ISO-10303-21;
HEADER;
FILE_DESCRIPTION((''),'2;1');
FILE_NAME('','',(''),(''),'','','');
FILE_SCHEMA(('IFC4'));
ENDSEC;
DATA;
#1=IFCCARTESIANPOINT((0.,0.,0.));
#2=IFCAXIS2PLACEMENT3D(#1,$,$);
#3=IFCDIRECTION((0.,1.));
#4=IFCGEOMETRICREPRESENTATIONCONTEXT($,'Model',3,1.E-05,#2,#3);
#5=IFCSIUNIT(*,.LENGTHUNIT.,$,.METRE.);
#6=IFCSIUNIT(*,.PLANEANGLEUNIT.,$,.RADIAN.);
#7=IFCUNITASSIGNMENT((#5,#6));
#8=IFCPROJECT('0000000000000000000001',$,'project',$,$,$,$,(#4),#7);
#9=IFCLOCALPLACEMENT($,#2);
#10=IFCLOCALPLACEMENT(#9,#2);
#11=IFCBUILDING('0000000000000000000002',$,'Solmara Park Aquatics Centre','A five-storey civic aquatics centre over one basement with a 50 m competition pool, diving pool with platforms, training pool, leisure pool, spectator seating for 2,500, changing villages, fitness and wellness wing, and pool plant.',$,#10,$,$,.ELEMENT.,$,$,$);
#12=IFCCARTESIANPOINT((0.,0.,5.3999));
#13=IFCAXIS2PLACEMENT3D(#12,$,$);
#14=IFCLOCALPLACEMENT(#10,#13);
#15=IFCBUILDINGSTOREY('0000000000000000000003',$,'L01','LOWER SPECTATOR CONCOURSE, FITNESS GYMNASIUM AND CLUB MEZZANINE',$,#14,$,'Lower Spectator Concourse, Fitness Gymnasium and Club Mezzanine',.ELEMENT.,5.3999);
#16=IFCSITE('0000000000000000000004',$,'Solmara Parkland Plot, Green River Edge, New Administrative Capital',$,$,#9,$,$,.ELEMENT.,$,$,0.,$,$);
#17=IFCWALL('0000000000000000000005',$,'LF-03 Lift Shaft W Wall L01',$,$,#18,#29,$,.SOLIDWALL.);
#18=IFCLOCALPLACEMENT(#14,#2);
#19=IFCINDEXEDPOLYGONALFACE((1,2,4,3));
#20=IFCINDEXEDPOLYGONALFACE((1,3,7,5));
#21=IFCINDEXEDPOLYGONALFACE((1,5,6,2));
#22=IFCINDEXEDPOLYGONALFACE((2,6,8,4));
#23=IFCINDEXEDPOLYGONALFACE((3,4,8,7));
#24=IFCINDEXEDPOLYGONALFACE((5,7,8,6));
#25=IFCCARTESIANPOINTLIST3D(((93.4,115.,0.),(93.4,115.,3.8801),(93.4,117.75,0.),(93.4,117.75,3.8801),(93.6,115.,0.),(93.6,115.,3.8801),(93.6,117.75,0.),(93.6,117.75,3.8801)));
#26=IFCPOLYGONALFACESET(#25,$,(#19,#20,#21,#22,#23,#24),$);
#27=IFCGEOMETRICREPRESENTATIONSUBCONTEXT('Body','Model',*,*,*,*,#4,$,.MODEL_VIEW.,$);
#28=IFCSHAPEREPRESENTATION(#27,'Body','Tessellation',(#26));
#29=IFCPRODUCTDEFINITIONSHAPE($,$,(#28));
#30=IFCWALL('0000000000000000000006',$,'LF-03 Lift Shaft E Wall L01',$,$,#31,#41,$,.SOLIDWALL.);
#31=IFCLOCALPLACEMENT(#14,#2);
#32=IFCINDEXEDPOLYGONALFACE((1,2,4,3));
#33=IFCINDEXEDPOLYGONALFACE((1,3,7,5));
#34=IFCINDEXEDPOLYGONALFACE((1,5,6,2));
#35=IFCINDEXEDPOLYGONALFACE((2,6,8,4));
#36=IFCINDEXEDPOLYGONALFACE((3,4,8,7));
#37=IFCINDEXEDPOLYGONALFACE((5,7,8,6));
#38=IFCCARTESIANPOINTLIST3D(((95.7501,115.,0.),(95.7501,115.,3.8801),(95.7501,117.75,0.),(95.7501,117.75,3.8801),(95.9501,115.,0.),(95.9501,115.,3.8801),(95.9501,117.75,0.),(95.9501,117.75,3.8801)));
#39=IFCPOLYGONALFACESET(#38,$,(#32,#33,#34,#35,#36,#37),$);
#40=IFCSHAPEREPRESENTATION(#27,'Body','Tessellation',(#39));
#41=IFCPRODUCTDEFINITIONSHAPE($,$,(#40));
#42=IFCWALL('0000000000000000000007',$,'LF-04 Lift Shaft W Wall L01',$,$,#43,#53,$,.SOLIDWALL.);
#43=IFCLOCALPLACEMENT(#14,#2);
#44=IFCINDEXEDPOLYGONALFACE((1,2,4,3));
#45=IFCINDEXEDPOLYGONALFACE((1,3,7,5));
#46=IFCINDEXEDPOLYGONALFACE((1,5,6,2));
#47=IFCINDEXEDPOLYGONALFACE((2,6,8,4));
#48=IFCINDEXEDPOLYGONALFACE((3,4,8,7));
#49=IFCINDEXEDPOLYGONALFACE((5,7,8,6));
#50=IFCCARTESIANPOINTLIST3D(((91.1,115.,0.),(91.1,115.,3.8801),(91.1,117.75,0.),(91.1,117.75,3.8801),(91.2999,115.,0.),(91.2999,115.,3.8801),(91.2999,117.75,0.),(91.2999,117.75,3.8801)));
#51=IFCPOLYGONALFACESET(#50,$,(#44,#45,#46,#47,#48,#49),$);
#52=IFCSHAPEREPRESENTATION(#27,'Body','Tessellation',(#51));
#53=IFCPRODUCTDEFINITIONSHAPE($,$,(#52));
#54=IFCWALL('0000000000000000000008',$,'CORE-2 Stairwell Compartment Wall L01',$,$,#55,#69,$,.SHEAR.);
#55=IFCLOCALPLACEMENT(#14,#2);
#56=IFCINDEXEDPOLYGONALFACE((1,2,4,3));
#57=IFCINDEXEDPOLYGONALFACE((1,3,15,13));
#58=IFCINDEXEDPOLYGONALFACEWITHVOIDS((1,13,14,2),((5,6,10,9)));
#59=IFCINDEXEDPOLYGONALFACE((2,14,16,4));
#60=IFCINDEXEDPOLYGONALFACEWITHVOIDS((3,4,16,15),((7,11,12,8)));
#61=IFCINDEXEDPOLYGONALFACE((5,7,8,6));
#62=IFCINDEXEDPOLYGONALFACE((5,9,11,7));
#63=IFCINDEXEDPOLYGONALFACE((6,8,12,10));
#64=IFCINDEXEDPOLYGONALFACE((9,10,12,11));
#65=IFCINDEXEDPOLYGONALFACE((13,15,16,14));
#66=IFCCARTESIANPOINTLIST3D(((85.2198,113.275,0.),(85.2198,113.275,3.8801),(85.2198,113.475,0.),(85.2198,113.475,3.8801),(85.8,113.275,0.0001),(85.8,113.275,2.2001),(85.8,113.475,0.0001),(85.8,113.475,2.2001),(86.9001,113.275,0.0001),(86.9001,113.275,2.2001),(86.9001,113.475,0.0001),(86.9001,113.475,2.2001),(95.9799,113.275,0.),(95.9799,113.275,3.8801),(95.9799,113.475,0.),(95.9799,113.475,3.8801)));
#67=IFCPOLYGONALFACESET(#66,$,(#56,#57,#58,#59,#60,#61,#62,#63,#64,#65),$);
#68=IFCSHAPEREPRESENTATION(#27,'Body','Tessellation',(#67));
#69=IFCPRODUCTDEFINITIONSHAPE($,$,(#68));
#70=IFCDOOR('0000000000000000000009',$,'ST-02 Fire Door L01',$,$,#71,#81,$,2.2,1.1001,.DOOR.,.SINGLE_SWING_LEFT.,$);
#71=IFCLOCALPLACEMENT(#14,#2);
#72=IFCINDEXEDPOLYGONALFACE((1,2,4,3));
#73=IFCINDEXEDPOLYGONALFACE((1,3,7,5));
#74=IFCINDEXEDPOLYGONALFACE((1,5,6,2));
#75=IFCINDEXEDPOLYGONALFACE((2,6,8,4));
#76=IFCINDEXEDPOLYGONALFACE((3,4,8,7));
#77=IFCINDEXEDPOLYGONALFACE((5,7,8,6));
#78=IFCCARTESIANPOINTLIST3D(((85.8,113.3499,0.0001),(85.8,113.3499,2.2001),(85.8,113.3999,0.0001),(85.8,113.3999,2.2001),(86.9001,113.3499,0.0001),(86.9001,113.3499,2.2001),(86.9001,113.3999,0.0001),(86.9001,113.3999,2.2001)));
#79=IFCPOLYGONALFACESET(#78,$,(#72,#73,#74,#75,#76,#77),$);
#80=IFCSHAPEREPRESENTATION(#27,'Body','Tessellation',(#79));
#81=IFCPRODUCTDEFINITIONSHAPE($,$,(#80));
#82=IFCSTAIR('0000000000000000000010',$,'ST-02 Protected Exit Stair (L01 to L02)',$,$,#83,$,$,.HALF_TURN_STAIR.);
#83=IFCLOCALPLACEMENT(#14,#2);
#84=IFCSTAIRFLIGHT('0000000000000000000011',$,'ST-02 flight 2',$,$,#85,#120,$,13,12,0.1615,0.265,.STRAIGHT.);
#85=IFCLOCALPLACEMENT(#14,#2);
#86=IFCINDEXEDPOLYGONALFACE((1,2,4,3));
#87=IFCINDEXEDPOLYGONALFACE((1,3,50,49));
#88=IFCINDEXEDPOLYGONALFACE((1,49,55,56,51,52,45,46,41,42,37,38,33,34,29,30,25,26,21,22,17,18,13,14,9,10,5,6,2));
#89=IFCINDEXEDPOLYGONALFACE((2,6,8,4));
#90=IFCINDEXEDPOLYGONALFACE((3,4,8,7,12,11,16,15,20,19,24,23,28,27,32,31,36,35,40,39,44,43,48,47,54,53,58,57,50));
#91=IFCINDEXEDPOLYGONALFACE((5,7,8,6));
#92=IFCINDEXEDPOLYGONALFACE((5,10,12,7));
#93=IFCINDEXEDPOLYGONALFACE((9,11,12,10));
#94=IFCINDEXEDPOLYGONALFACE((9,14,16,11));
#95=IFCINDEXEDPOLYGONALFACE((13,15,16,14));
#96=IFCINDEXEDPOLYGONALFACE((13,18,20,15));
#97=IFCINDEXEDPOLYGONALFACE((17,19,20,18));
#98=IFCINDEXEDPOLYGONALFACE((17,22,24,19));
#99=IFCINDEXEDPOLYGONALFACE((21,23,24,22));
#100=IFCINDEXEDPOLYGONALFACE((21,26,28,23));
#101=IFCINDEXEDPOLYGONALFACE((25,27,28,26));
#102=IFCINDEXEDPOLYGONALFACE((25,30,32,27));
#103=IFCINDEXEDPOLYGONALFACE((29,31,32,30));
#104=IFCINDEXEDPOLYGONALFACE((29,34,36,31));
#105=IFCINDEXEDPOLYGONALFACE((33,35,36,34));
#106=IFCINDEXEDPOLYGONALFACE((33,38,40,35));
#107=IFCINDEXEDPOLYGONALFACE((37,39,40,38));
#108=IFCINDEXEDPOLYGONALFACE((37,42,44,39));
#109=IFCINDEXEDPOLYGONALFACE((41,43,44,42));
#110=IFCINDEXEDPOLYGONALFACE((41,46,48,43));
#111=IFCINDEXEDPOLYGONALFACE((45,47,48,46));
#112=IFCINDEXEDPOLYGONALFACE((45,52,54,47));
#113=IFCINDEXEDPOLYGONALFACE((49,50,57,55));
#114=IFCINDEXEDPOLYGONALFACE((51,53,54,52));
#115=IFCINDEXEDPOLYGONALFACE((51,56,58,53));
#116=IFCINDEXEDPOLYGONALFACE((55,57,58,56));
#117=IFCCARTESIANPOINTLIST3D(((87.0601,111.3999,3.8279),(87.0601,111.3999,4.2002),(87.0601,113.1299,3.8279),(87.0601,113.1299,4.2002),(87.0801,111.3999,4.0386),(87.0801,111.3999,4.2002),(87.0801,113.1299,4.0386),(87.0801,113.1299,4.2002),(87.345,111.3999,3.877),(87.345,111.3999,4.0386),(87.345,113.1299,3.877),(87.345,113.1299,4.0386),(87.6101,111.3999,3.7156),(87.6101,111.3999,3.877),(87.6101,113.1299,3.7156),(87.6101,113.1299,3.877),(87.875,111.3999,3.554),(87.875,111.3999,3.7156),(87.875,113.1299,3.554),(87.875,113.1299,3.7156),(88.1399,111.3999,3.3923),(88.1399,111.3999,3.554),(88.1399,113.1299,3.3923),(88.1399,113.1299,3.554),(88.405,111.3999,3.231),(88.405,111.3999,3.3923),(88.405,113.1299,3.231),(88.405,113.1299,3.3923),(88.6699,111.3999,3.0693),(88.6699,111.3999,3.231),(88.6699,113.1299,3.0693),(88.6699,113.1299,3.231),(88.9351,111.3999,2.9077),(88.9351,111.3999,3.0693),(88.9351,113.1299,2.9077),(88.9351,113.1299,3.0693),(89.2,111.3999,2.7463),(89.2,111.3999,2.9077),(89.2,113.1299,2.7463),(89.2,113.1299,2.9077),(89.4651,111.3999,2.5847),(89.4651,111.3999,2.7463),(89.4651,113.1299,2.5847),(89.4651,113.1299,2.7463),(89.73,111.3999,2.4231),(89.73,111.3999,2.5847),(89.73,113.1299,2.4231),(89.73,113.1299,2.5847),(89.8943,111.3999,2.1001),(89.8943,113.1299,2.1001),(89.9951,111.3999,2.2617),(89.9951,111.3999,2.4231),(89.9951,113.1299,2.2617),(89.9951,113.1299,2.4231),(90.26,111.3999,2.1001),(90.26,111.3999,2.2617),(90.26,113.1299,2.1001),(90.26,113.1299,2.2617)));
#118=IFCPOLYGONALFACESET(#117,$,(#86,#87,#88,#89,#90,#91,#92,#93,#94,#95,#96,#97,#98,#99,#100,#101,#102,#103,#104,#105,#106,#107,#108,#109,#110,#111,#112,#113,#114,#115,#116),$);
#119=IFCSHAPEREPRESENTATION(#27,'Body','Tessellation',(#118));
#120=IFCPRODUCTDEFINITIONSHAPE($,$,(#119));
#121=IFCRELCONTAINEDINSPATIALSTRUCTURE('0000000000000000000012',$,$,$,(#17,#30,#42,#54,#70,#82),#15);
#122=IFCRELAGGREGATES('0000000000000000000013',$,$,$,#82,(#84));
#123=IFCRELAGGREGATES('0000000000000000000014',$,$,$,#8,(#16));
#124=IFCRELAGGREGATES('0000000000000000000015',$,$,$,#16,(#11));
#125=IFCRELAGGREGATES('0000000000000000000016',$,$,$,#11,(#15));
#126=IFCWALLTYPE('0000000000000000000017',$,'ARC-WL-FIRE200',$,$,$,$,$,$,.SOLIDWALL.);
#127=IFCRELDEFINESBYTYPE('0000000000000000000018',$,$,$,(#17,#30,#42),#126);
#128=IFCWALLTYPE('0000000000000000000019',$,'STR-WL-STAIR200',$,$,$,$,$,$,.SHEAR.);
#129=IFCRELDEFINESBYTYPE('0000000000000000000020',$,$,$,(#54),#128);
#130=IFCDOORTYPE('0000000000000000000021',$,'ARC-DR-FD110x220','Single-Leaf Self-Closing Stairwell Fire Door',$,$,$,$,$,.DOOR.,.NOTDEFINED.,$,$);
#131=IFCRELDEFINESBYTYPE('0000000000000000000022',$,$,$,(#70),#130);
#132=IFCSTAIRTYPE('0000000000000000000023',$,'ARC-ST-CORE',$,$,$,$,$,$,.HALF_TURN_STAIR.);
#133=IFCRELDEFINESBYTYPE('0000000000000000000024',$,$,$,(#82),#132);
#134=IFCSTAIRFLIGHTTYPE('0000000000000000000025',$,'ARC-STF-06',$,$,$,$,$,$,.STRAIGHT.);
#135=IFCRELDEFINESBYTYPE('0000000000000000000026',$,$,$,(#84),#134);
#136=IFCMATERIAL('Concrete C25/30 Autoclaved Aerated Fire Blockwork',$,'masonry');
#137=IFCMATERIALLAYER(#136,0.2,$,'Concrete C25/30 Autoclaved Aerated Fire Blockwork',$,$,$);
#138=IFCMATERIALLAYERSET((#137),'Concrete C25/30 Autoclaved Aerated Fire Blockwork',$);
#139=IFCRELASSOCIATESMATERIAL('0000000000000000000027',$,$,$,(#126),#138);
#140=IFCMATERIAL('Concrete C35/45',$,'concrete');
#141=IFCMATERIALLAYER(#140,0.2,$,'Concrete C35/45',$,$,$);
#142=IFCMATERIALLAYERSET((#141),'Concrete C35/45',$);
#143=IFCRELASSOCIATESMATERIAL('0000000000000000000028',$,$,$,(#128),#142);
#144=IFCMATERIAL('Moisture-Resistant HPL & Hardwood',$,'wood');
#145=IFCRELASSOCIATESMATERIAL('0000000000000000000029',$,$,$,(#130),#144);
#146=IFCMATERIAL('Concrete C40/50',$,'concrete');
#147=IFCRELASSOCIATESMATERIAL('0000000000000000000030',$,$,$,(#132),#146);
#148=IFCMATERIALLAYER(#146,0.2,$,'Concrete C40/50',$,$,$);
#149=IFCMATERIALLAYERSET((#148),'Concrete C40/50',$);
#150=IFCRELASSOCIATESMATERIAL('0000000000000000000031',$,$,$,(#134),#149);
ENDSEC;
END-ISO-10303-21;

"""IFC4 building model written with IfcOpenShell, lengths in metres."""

from ifc_helpers import new_model, si_unit, direction, frame, frame_2d, origin, place, context, subcontext, project, spatial, polyline, rectangle, outline, extrude, material, layer, layer_set, type_object, element, fill, aggregate, save


model = new_model("IFC4")

# Units and contexts
model_context = context("Model", 3, precision=1e-05, world=origin(), true_north=direction((0.0, 1.0)))
body_context = subcontext(model_context, "Body", "Model", "MODEL_VIEW")
ifc_project = project(units=[si_unit("LENGTHUNIT", "METRE"), si_unit("PLANEANGLEUNIT", "RADIAN")], contexts=[model_context])

# Site, building, storey
site_placement = place(None, origin())
site = spatial("IfcSite", under=ifc_project, at=site_placement, Name="Solmara Parkland Plot, Green River Edge, New Administrative Capital", CompositionType="ELEMENT", RefElevation=0.0)
building_placement = place(site_placement, origin())
building = spatial("IfcBuilding", under=site, at=building_placement, Name="Solmara Park Aquatics Centre", Description="A five-storey civic aquatics centre over one basement with a 50 m competition pool, diving pool with platforms, training pool, leisure pool, spectator seating for 2,500, changing villages, fitness and wellness wing, and pool plant.", CompositionType="ELEMENT")
storey_placement = place(building_placement, frame((0.0, 0.0, 5.3999)))
storey = spatial("IfcBuildingStorey", under=building, at=storey_placement, Name="L01", Description="LOWER SPECTATOR CONCOURSE, FITNESS GYMNASIUM AND CLUB MEZZANINE", LongName="Lower Spectator Concourse, Fitness Gymnasium and Club Mezzanine", CompositionType="ELEMENT", Elevation=5.3999)

# Shared definitions
ifc_material_1 = material(Name="Concrete C40/50", Category="concrete")

# Shared definitions
ifc_material_2 = material(Name="Moisture-Resistant HPL & Hardwood", Category="wood")

# Shared definitions
ifc_material_3 = material(Name="Concrete C25/30 Autoclaved Aerated Fire Blockwork", Category="masonry")
ifc_layer_1 = layer(ifc_material_3, 0.2, Name="Concrete C25/30 Autoclaved Aerated Fire Blockwork")
ifc_layer_set_1 = layer_set([ifc_layer_1], Name="Concrete C25/30 Autoclaved Aerated Fire Blockwork")
wall_type_1 = type_object("IfcWallType", Name="ARC-WL-FIRE200", PredefinedType="SOLIDWALL", material=ifc_layer_set_1)

# Walls
for number, where, z_axis, x_axis, name in (
    (1, (93.5, 115.0, 0.0), (0.0, 0.0, 1.0), (0.0, 1.0, 0.0), "LF-03 Lift Shaft W Wall L01"),
    (2, (95.8501, 115.0, 0.0), (0.0, 0.0, 1.0), (0.0, 1.0, 0.0), "LF-03 Lift Shaft E Wall L01"),
    (3, (91.2, 115.0, 0.0), (0.0, 0.0, 1.0), (0.0, 1.0, 0.0), "LF-04 Lift Shaft W Wall L01"),
):
    element("IfcWall", number, at=place(storey_placement, frame(where, z_axis=z_axis, x_axis=x_axis)), inside=storey, type_object=wall_type_1, Name=name, PredefinedType="SOLIDWALL", context=body_context, shape_type="SweptSolid", body=[
        extrude(rectangle(XDim=2.75, YDim=0.2, at=frame_2d((1.375, 0.0))), origin(), (0.0, 0.0, 1.0), 3.8801),
    ])

# Wall, opening, door
ifc_material_4 = material(Name="Concrete C35/45", Category="concrete")
ifc_layer_2 = layer(ifc_material_4, 0.2, Name="Concrete C35/45")
ifc_layer_set_2 = layer_set([ifc_layer_2], Name="Concrete C35/45")
wall_type_2 = type_object("IfcWallType", Name="STR-WL-STAIR200", PredefinedType="SHEAR", material=ifc_layer_set_2)
wall_1_placement = place(storey_placement, frame((85.22, 113.375, 0.0), z_axis=(0.0, 0.0, 1.0), x_axis=(1.0, 0.0, 0.0)))
wall_1 = element("IfcWall", 4, at=wall_1_placement, inside=storey, type_object=wall_type_2, Name="CORE-2 Stairwell Compartment Wall L01", PredefinedType="SHEAR", context=body_context, shape_type="SweptSolid", body=[
    extrude(rectangle(XDim=10.76, YDim=0.2, at=frame_2d((5.3799, 0.0))), origin(), (0.0, 0.0, 1.0), 3.8801),
])
opening_1_placement = place(wall_1_placement, frame((0.5801, 0.0, 0.0)))
opening_1 = element("IfcOpeningElement", 5, at=opening_1_placement, cuts=wall_1, PredefinedType="OPENING", context=body_context, shape_type="SweptSolid", body=[
    extrude(rectangle(XDim=1.1001, YDim=2.2, at=frame_2d((0.55, 1.1001))), frame((0.0, 0.1099, 0.0), z_axis=(0.0, -1.0, 0.0), x_axis=(1.0, 0.0, 0.0)), (0.0, 0.0, 1.0), 0.22),
])
door_type_1 = type_object("IfcDoorType", Name="ARC-DR-FD110x220", Description="Single-Leaf Self-Closing Stairwell Fire Door", OperationType="NOTDEFINED", PredefinedType="DOOR", material=ifc_material_2)
door_1_placement = place(opening_1_placement, origin())
door_1 = element("IfcDoor", 6, at=door_1_placement, inside=storey, type_object=door_type_1, Name="ST-02 Fire Door L01", OperationType="SINGLE_SWING_LEFT", OverallHeight=2.2, OverallWidth=1.1001, PredefinedType="DOOR", context=body_context, shape_type="SweptSolid", body=[
    extrude(rectangle(XDim=1.1001, YDim=2.2, at=frame_2d((0.55, 1.1001))), frame((0.0, 0.0249, 0.0), z_axis=(0.0, -1.0, 0.0), x_axis=(1.0, 0.0, 0.0)), (0.0, 0.0, 1.0), 0.05),
])
fill(opening_1, door_1)

# Stair, stair flight
stair_type = type_object("IfcStairType", Name="ARC-ST-CORE", PredefinedType="HALF_TURN_STAIR", material=ifc_material_1)
stair_placement = place(storey_placement, origin())
stair = element("IfcStair", 7, at=stair_placement, inside=storey, type_object=stair_type, Name="ST-02 Protected Exit Stair (L01 to L02)", PredefinedType="HALF_TURN_STAIR")
ifc_layer_3 = layer(ifc_material_1, 0.2, Name="Concrete C40/50")
ifc_layer_set_3 = layer_set([ifc_layer_3], Name="Concrete C40/50")
stair_flight_type = type_object("IfcStairFlightType", Name="ARC-STF-06", PredefinedType="STRAIGHT", material=ifc_layer_set_3)
stair_flight_placement = place(storey_placement, frame((90.26, 112.2649, 2.1001), z_axis=(0.0, 0.0, 1.0), x_axis=(-1.0, 0.0, 0.0)))
stair_flight = element("IfcStairFlight", 8, at=stair_flight_placement, type_object=stair_flight_type, Name="ST-02 flight 2", NumberOfRisers=13, NumberOfTreads=12, PredefinedType="STRAIGHT", RiserHeight=0.1615, TreadLength=0.265, context=body_context, shape_type="SweptSolid", body=[
    extrude(outline(polyline([(0.0, 0.0), (0.0, 0.1616), (0.2649, 0.1616), (0.2649, 0.323), (0.53, 0.323), (0.53, 0.4846), (0.7949, 0.4846), (0.7949, 0.6462), (1.0601, 0.6462), (1.0601, 0.8076), (1.325, 0.8076), (1.325, 0.9692), (1.5901, 0.9692), (1.5901, 1.1309), (1.855, 1.1309), (1.855, 1.2922), (2.1201, 1.2922), (2.1201, 1.4539), (2.385, 1.4539), (2.385, 1.6155), (2.6499, 1.6155), (2.6499, 1.7769), (2.915, 1.7769), (2.915, 1.9385), (3.1799, 1.9385), (3.1799, 2.1001), (3.2, 2.1001), (3.2, 1.7278), (0.3657, 0.0), (0.0, 0.0)])), frame((0.0, 0.865, 0.0), z_axis=(0.0, -1.0, 0.0), x_axis=(1.0, 0.0, 0.0)), (0.0, 0.0, 1.0), 1.73),
])
aggregate(stair, [stair_flight])

save(model, "model.ifc")
